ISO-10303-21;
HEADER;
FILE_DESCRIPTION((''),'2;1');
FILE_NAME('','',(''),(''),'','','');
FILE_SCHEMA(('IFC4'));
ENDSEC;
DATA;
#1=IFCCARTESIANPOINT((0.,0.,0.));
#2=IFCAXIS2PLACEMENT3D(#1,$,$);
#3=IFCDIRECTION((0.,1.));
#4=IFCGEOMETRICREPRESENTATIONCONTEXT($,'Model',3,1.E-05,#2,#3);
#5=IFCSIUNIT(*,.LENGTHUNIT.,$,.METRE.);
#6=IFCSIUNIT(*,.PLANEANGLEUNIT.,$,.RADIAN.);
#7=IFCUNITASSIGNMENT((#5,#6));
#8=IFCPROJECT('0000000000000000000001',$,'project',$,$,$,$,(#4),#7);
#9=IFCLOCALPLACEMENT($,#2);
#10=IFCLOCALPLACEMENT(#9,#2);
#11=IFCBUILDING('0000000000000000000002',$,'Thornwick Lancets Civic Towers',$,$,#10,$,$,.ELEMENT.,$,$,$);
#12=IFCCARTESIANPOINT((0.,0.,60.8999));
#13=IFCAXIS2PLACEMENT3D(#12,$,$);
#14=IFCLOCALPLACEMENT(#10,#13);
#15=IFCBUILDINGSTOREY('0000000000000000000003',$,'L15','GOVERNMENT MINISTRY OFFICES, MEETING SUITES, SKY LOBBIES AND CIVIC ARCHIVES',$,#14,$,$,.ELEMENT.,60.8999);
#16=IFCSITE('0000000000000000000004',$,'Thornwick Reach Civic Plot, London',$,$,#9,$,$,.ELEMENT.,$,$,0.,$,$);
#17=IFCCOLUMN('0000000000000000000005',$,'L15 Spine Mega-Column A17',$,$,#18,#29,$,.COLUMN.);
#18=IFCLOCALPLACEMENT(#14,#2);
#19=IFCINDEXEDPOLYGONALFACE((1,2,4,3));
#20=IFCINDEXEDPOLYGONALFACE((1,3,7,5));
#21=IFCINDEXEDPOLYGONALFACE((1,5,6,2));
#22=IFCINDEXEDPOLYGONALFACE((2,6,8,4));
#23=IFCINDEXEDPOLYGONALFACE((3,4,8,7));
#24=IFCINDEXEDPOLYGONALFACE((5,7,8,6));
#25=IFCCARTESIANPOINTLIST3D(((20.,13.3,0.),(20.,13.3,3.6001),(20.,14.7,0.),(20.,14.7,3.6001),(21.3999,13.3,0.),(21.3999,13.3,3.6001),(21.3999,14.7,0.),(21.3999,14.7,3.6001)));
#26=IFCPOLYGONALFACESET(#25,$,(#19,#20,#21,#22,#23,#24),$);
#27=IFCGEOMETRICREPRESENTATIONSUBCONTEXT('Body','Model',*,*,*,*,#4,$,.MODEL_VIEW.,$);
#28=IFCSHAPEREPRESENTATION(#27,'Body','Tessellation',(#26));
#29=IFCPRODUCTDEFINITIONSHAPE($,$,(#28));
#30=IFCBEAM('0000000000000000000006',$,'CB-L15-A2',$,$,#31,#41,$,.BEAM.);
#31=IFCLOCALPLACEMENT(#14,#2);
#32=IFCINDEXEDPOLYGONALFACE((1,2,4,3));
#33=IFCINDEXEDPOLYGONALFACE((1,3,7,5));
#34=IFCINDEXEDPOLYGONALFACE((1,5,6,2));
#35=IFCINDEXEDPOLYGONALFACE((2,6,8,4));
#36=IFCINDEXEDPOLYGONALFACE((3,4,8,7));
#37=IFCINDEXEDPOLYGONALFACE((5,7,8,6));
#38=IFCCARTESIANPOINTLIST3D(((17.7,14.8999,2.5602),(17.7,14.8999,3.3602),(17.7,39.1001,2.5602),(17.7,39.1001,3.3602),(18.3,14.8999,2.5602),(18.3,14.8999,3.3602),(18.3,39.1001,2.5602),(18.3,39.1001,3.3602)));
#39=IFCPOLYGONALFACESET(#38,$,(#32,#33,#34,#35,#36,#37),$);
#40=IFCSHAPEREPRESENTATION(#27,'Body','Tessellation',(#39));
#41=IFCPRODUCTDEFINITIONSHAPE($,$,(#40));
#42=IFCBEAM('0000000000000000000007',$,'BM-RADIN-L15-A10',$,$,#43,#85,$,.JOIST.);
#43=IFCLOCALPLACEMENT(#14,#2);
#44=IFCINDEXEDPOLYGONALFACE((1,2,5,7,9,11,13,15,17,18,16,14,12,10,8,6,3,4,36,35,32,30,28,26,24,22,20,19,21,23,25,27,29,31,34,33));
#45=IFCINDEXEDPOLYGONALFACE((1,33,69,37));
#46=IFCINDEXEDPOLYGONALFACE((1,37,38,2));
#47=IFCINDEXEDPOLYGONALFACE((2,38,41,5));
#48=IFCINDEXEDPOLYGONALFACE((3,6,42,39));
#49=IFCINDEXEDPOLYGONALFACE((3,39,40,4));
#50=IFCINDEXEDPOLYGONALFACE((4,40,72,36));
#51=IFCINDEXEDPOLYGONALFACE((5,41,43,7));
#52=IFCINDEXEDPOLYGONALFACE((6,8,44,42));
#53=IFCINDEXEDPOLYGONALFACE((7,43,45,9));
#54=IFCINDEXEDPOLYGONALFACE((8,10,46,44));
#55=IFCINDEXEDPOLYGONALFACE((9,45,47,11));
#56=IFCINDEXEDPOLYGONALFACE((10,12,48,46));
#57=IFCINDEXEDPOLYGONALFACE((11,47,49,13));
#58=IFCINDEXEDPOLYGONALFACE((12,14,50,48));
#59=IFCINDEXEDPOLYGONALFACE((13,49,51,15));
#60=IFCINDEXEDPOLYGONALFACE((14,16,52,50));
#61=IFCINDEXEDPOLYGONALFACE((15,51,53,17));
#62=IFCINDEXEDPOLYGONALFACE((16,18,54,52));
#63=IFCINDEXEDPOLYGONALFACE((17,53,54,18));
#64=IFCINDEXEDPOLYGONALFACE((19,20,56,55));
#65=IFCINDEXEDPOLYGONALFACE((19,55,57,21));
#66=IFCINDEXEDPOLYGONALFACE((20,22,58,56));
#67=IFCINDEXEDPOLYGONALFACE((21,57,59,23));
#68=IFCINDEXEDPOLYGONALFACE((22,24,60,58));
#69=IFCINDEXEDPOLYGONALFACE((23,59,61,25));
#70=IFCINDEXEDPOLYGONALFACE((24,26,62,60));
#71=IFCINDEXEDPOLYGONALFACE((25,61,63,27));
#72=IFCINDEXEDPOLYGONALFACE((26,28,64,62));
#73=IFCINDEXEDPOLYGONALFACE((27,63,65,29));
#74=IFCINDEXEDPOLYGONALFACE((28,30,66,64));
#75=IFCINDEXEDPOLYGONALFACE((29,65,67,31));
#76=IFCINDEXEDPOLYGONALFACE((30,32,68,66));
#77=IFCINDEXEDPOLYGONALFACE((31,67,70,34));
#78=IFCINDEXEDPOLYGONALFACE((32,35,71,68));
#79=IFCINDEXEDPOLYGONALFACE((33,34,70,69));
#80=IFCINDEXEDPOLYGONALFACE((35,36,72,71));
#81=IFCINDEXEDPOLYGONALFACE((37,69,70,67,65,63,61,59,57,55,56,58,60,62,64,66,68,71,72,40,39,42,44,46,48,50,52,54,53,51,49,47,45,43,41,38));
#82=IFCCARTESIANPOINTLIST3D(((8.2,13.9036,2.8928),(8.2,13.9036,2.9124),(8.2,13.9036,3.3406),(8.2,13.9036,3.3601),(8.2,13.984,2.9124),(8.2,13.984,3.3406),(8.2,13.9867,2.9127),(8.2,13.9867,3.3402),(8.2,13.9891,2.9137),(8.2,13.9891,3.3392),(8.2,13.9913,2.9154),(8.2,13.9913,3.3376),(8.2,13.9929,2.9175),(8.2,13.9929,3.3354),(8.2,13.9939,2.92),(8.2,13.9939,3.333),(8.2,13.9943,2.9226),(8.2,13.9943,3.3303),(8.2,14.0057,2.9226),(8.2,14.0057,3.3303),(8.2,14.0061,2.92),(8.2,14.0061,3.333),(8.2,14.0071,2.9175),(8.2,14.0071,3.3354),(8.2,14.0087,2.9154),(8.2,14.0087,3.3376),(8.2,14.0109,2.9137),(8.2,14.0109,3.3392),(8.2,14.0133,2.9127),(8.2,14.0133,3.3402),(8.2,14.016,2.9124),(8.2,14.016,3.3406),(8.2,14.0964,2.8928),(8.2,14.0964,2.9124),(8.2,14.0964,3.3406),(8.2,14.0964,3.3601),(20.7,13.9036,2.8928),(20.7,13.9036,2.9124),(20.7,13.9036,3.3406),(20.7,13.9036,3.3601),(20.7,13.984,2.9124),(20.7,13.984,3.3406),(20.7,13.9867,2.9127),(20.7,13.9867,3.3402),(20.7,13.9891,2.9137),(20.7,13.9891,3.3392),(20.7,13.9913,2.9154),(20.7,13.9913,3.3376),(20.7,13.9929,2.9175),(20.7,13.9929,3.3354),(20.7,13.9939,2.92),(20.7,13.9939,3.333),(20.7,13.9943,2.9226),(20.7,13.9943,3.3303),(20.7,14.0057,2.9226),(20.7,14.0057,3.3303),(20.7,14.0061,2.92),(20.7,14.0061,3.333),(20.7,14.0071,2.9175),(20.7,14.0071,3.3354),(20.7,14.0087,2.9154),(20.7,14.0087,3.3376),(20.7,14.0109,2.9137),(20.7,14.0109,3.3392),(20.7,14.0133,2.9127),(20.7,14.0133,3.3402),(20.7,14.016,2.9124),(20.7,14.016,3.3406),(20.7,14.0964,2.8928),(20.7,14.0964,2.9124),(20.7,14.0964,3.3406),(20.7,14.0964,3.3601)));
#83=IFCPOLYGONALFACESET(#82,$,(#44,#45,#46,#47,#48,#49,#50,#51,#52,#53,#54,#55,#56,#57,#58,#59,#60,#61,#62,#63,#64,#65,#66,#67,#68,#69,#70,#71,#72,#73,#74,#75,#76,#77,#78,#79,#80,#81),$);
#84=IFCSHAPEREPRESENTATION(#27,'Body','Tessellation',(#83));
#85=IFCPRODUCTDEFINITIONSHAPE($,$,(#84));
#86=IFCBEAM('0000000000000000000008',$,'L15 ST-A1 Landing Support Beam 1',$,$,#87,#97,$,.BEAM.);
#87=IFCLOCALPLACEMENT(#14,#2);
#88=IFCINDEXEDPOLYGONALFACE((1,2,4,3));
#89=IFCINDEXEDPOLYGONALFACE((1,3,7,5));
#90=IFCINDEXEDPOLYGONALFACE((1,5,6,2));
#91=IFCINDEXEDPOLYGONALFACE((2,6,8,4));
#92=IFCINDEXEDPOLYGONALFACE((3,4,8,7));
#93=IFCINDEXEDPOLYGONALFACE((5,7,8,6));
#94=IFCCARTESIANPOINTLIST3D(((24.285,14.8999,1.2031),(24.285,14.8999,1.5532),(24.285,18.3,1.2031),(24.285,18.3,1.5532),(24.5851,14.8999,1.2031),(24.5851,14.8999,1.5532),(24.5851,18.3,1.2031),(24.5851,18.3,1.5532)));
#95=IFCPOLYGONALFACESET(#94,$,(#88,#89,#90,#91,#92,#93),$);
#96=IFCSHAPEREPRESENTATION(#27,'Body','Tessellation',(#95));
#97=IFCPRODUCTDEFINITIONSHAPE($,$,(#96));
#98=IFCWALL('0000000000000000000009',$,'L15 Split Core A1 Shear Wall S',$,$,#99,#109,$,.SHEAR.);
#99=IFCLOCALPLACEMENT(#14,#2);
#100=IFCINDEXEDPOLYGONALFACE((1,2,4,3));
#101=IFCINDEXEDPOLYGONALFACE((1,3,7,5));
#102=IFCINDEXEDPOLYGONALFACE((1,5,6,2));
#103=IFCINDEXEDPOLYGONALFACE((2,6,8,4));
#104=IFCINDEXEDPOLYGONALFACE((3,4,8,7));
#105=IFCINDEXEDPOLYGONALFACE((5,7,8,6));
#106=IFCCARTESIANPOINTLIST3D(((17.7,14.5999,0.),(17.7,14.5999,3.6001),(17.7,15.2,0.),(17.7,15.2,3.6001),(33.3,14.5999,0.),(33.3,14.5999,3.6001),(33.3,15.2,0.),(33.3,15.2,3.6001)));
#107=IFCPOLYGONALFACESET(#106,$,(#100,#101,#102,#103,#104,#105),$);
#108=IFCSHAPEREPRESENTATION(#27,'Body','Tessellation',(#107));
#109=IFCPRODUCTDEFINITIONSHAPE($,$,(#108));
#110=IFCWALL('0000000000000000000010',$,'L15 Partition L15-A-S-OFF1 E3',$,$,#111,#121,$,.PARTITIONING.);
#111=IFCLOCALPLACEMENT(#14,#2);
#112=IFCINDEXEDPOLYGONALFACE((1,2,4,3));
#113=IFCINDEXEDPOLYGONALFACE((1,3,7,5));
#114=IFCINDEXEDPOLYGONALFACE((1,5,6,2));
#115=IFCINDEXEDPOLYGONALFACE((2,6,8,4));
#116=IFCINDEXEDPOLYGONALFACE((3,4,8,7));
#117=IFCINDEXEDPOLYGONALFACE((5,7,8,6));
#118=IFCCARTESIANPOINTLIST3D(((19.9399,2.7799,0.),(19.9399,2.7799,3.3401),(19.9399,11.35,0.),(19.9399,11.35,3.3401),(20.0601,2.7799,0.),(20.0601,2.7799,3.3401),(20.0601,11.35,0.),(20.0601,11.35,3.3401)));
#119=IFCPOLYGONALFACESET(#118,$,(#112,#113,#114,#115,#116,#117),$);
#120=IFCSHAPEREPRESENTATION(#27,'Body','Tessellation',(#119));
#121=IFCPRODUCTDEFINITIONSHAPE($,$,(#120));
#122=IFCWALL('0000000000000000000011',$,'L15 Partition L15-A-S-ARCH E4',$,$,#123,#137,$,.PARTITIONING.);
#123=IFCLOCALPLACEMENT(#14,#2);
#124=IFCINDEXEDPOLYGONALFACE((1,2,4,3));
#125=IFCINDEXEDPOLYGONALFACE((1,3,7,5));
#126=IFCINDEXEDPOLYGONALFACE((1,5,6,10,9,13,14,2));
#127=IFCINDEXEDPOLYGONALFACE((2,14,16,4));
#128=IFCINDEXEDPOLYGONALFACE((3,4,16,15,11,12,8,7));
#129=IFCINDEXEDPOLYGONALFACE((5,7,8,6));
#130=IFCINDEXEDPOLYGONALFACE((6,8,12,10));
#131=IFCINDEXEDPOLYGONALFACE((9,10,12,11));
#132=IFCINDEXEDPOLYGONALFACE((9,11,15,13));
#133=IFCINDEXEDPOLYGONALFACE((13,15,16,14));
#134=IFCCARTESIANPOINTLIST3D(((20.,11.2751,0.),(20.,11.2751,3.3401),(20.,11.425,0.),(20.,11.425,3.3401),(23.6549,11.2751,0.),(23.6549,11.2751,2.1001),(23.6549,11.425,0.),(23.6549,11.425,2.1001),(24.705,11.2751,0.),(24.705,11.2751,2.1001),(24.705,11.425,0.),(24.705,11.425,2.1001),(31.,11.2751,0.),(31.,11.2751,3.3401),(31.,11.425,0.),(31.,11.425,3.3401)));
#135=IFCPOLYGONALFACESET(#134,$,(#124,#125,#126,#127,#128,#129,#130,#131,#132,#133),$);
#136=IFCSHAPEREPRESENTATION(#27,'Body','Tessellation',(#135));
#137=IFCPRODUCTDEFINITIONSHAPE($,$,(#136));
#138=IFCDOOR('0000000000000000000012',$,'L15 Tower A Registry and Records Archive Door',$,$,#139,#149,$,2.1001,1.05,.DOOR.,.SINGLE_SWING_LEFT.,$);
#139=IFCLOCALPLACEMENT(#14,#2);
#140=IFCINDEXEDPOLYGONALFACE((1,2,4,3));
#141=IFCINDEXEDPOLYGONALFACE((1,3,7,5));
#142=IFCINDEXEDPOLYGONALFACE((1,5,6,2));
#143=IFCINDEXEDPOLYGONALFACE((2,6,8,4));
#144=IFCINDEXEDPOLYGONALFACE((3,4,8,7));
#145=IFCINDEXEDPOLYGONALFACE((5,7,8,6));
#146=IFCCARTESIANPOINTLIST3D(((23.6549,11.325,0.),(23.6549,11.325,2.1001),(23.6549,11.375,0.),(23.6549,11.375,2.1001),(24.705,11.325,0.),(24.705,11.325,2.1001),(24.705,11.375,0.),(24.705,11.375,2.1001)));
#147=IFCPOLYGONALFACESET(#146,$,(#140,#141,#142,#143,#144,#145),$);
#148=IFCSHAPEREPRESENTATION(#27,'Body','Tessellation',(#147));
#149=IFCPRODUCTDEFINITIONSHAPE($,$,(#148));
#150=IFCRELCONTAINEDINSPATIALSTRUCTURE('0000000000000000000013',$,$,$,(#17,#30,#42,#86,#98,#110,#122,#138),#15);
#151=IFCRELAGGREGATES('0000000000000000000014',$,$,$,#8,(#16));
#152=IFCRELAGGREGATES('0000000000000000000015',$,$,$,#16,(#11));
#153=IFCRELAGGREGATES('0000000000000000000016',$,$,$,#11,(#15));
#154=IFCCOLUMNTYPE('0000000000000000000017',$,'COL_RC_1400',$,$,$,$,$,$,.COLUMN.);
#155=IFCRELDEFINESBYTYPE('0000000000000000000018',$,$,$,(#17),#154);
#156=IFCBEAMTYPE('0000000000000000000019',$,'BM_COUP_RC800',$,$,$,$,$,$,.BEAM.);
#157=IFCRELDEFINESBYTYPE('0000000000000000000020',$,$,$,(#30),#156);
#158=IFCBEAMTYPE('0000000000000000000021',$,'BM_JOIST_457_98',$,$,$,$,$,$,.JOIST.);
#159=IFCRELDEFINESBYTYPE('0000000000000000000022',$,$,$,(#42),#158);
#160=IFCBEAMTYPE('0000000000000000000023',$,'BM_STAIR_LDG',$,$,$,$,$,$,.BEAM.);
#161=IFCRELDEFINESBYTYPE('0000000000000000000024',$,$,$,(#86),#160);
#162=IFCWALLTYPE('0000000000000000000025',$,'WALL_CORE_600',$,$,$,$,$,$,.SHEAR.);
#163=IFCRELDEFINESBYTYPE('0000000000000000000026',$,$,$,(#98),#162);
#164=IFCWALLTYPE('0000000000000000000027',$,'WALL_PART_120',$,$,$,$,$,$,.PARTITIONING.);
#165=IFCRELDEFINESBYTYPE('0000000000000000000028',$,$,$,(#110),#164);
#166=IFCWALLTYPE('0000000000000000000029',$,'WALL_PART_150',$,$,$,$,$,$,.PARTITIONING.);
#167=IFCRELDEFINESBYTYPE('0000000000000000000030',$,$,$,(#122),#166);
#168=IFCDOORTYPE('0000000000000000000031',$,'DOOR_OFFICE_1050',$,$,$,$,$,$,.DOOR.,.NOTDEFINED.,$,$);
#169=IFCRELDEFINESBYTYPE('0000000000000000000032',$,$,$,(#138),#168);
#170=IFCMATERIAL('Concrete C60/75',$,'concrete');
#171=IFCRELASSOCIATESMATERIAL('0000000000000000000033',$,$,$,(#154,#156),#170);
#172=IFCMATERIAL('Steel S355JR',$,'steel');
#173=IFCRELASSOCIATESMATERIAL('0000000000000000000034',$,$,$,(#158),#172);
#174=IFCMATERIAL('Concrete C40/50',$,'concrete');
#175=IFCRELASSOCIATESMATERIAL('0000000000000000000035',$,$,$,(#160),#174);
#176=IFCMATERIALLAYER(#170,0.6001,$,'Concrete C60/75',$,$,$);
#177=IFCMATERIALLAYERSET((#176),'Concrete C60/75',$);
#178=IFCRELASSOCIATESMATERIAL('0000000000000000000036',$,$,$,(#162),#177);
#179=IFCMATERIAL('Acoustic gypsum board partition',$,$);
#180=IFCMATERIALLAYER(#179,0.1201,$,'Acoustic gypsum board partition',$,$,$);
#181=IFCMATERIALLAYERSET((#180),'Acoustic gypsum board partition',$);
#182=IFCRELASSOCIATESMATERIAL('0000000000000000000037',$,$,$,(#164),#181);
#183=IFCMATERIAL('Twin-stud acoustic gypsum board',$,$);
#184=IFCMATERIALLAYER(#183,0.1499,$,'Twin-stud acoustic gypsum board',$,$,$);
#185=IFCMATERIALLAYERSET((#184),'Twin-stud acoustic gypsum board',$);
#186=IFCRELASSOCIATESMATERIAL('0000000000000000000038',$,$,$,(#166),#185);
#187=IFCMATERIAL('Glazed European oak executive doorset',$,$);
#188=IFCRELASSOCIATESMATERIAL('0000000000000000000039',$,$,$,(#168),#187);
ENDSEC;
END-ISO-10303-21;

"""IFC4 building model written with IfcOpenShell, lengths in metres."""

from ifc_helpers import new_model, si_unit, direction, frame, frame_2d, origin, origin_2d, place, context, subcontext, project, spatial, rectangle, i_section, extrude, material, layer, layer_set, material_profile, profile_set, type_object, element, fill, save


model = new_model("IFC4")

# Units and contexts
model_context = context("Model", 3, precision=1e-05, world=origin(), true_north=direction((0.0, 1.0)))
body_context = subcontext(model_context, "Body", "Model", "MODEL_VIEW")
ifc_project = project(units=[si_unit("LENGTHUNIT", "METRE"), si_unit("PLANEANGLEUNIT", "RADIAN")], contexts=[model_context])

# Site, building, storey
site_placement = place(None, origin())
site = spatial("IfcSite", under=ifc_project, at=site_placement, Name="Thornwick Reach Civic Plot, London", CompositionType="ELEMENT", RefElevation=0.0)
building_placement = place(site_placement, origin())
building = spatial("IfcBuilding", under=site, at=building_placement, Name="Thornwick Lancets Civic Towers", CompositionType="ELEMENT")
storey_placement = place(building_placement, frame((0.0, 0.0, 60.8999)))
storey = spatial("IfcBuildingStorey", under=building, at=storey_placement, Name="L15", Description="GOVERNMENT MINISTRY OFFICES, MEETING SUITES, SKY LOBBIES AND CIVIC ARCHIVES", CompositionType="ELEMENT", Elevation=60.8999)

# Column
ifc_material_1 = material(Name="Concrete C60/75", Category="concrete")
ifc_material_profile_1 = material_profile(ifc_material_1, rectangle(XDim=1.3999, YDim=1.3999, at=origin_2d()), Name="RC 1400x1400")
ifc_profile_set_1 = profile_set([ifc_material_profile_1], Name="Concrete C60/75")
column_type = type_object("IfcColumnType", Name="COL_RC_1400", PredefinedType="COLUMN", material=ifc_profile_set_1)
column_placement = place(storey_placement, frame((20.7, 14.0, 0.0), z_axis=(0.0, 0.0, 1.0), x_axis=(1.0, 0.0, 0.0)))
element("IfcColumn", 1, at=column_placement, inside=storey, type_object=column_type, Name="L15 Spine Mega-Column A17", PredefinedType="COLUMN", context=body_context, shape_type="SweptSolid", body=[
    extrude(rectangle(XDim=1.3999, YDim=1.3999, at=origin_2d()), origin(), (0.0, 0.0, 1.0), 3.6001),
])

# Beams
ifc_material_profile_2 = material_profile(ifc_material_1, rectangle(XDim=0.6001, YDim=0.8, at=origin_2d()), Name="RC 600x800")
ifc_profile_set_2 = profile_set([ifc_material_profile_2], Name="Concrete C60/75")
beam_type_1 = type_object("IfcBeamType", Name="BM_COUP_RC800", PredefinedType="BEAM", material=ifc_profile_set_2)
beam_1_placement = place(storey_placement, frame((18.0, 14.8999, 2.9602), z_axis=(0.0, 1.0, 0.0), x_axis=(-1.0, 0.0, 0.0)))
element("IfcBeam", 2, at=beam_1_placement, inside=storey, type_object=beam_type_1, Name="CB-L15-A2", PredefinedType="BEAM", context=body_context, shape_type="SweptSolid", body=[
    extrude(rectangle(XDim=0.6001, YDim=0.8, at=origin_2d()), origin(), (0.0, 0.0, 1.0), 24.2002),
])
ifc_material_2 = material(Name="Steel S355JR", Category="steel")
ifc_material_profile_3 = material_profile(ifc_material_2, i_section(OverallWidth=0.1929, OverallDepth=0.4673, WebThickness=0.0115, FlangeThickness=0.0195, FilletRadius=0.0103, at=origin_2d()), Name="UKB 457x191x98")
ifc_profile_set_3 = profile_set([ifc_material_profile_3], Name="Steel S355JR")
beam_type_2 = type_object("IfcBeamType", Name="BM_JOIST_457_98", PredefinedType="JOIST", material=ifc_profile_set_3)
beam_2_placement = place(storey_placement, frame((20.7, 14.0, 3.1265), z_axis=(-1.0, 0.0, 0.0), x_axis=(0.0, -1.0, 0.0)))
element("IfcBeam", 3, at=beam_2_placement, inside=storey, type_object=beam_type_2, Name="BM-RADIN-L15-A10", PredefinedType="JOIST", context=body_context, shape_type="SweptSolid", body=[
    extrude(i_section(OverallWidth=0.1929, OverallDepth=0.4673, WebThickness=0.0115, FlangeThickness=0.0195, FilletRadius=0.0103, at=origin_2d()), origin(), (0.0, 0.0, 1.0), 12.5),
])
ifc_material_3 = material(Name="Concrete C40/50", Category="concrete")
ifc_material_profile_4 = material_profile(ifc_material_3, rectangle(XDim=0.3, YDim=0.3501, at=origin_2d()), Name="RC 300x350")
ifc_profile_set_4 = profile_set([ifc_material_profile_4], Name="Concrete C40/50")
beam_type_3 = type_object("IfcBeamType", Name="BM_STAIR_LDG", PredefinedType="BEAM", material=ifc_profile_set_4)
beam_3_placement = place(storey_placement, frame((24.4351, 14.8999, 1.3782), z_axis=(0.0, 1.0, 0.0), x_axis=(-1.0, 0.0, 0.0)))
element("IfcBeam", 4, at=beam_3_placement, inside=storey, type_object=beam_type_3, Name="L15 ST-A1 Landing Support Beam 1", PredefinedType="BEAM", context=body_context, shape_type="SweptSolid", body=[
    extrude(rectangle(XDim=0.3, YDim=0.3501, at=origin_2d()), origin(), (0.0, 0.0, 1.0), 3.4001),
])

# Walls
ifc_layer_1 = layer(ifc_material_1, 0.6001, Name="Concrete C60/75")
ifc_layer_set_1 = layer_set([ifc_layer_1], Name="Concrete C60/75")
wall_type_1 = type_object("IfcWallType", Name="WALL_CORE_600", PredefinedType="SHEAR", material=ifc_layer_set_1)
wall_1_placement = place(storey_placement, frame((17.7, 14.8999, 0.0), z_axis=(0.0, 0.0, 1.0), x_axis=(1.0, 0.0, 0.0)))
element("IfcWall", 5, at=wall_1_placement, inside=storey, type_object=wall_type_1, Name="L15 Split Core A1 Shear Wall S", PredefinedType="SHEAR", context=body_context, shape_type="SweptSolid", body=[
    extrude(rectangle(XDim=15.6001, YDim=0.6001, at=frame_2d((7.8, 0.0))), origin(), (0.0, 0.0, 1.0), 3.6001),
])
ifc_material_4 = material(Name="Acoustic gypsum board partition")
ifc_layer_2 = layer(ifc_material_4, 0.1201, Name="Acoustic gypsum board partition")
ifc_layer_set_2 = layer_set([ifc_layer_2], Name="Acoustic gypsum board partition")
wall_type_2 = type_object("IfcWallType", Name="WALL_PART_120", PredefinedType="PARTITIONING", material=ifc_layer_set_2)
wall_2_placement = place(storey_placement, frame((20.0, 11.3501, 0.0), z_axis=(0.0, 0.0, 1.0), x_axis=(0.0, -1.0, 0.0)))
element("IfcWall", 6, at=wall_2_placement, inside=storey, type_object=wall_type_2, Name="L15 Partition L15-A-S-OFF1 E3", PredefinedType="PARTITIONING", context=body_context, shape_type="SweptSolid", body=[
    extrude(rectangle(XDim=8.5701, YDim=0.1201, at=frame_2d((4.2852, 0.0))), origin(), (0.0, 0.0, 1.0), 3.3401),
])

# Wall, opening, door
ifc_material_5 = material(Name="Twin-stud acoustic gypsum board")
ifc_layer_3 = layer(ifc_material_5, 0.1499, Name="Twin-stud acoustic gypsum board")
ifc_layer_set_3 = layer_set([ifc_layer_3], Name="Twin-stud acoustic gypsum board")
wall_type_3 = type_object("IfcWallType", Name="WALL_PART_150", PredefinedType="PARTITIONING", material=ifc_layer_set_3)
wall_3_placement = place(storey_placement, frame((20.0, 11.3501, 0.0), z_axis=(0.0, 0.0, 1.0), x_axis=(1.0, 0.0, 0.0)))
wall_3 = element("IfcWall", 7, at=wall_3_placement, inside=storey, type_object=wall_type_3, Name="L15 Partition L15-A-S-ARCH E4", PredefinedType="PARTITIONING", context=body_context, shape_type="SweptSolid", body=[
    extrude(rectangle(XDim=11.0, YDim=0.1499, at=frame_2d((5.5, 0.0))), origin(), (0.0, 0.0, 1.0), 3.3401),
])
opening_1_placement = place(wall_3_placement, frame((3.655, 0.0, 0.0)))
opening_1 = element("IfcOpeningElement", 8, at=opening_1_placement, cuts=wall_3, PredefinedType="OPENING", context=body_context, shape_type="SweptSolid", body=[
    extrude(rectangle(XDim=1.05, YDim=2.1001, at=frame_2d((0.5249, 1.05))), frame((0.0, 0.085, 0.0), z_axis=(0.0, -1.0, 0.0), x_axis=(1.0, 0.0, 0.0)), (0.0, 0.0, 1.0), 0.1699),
])
ifc_material_6 = material(Name="Glazed European oak executive doorset")
door_type_1 = type_object("IfcDoorType", Name="DOOR_OFFICE_1050", OperationType="NOTDEFINED", PredefinedType="DOOR", material=ifc_material_6)
door_1_placement = place(opening_1_placement, origin())
door_1 = element("IfcDoor", 9, at=door_1_placement, inside=storey, type_object=door_type_1, Name="L15 Tower A Registry and Records Archive Door", OperationType="SINGLE_SWING_LEFT", OverallHeight=2.1001, OverallWidth=1.05, PredefinedType="DOOR", context=body_context, shape_type="SweptSolid", body=[
    extrude(rectangle(XDim=1.05, YDim=2.1001, at=frame_2d((0.5249, 1.05))), frame((0.0, 0.0249, 0.0), z_axis=(0.0, -1.0, 0.0), x_axis=(1.0, 0.0, 0.0)), (0.0, 0.0, 1.0), 0.05),
])
fill(opening_1, door_1)

save(model, "model.ifc")
